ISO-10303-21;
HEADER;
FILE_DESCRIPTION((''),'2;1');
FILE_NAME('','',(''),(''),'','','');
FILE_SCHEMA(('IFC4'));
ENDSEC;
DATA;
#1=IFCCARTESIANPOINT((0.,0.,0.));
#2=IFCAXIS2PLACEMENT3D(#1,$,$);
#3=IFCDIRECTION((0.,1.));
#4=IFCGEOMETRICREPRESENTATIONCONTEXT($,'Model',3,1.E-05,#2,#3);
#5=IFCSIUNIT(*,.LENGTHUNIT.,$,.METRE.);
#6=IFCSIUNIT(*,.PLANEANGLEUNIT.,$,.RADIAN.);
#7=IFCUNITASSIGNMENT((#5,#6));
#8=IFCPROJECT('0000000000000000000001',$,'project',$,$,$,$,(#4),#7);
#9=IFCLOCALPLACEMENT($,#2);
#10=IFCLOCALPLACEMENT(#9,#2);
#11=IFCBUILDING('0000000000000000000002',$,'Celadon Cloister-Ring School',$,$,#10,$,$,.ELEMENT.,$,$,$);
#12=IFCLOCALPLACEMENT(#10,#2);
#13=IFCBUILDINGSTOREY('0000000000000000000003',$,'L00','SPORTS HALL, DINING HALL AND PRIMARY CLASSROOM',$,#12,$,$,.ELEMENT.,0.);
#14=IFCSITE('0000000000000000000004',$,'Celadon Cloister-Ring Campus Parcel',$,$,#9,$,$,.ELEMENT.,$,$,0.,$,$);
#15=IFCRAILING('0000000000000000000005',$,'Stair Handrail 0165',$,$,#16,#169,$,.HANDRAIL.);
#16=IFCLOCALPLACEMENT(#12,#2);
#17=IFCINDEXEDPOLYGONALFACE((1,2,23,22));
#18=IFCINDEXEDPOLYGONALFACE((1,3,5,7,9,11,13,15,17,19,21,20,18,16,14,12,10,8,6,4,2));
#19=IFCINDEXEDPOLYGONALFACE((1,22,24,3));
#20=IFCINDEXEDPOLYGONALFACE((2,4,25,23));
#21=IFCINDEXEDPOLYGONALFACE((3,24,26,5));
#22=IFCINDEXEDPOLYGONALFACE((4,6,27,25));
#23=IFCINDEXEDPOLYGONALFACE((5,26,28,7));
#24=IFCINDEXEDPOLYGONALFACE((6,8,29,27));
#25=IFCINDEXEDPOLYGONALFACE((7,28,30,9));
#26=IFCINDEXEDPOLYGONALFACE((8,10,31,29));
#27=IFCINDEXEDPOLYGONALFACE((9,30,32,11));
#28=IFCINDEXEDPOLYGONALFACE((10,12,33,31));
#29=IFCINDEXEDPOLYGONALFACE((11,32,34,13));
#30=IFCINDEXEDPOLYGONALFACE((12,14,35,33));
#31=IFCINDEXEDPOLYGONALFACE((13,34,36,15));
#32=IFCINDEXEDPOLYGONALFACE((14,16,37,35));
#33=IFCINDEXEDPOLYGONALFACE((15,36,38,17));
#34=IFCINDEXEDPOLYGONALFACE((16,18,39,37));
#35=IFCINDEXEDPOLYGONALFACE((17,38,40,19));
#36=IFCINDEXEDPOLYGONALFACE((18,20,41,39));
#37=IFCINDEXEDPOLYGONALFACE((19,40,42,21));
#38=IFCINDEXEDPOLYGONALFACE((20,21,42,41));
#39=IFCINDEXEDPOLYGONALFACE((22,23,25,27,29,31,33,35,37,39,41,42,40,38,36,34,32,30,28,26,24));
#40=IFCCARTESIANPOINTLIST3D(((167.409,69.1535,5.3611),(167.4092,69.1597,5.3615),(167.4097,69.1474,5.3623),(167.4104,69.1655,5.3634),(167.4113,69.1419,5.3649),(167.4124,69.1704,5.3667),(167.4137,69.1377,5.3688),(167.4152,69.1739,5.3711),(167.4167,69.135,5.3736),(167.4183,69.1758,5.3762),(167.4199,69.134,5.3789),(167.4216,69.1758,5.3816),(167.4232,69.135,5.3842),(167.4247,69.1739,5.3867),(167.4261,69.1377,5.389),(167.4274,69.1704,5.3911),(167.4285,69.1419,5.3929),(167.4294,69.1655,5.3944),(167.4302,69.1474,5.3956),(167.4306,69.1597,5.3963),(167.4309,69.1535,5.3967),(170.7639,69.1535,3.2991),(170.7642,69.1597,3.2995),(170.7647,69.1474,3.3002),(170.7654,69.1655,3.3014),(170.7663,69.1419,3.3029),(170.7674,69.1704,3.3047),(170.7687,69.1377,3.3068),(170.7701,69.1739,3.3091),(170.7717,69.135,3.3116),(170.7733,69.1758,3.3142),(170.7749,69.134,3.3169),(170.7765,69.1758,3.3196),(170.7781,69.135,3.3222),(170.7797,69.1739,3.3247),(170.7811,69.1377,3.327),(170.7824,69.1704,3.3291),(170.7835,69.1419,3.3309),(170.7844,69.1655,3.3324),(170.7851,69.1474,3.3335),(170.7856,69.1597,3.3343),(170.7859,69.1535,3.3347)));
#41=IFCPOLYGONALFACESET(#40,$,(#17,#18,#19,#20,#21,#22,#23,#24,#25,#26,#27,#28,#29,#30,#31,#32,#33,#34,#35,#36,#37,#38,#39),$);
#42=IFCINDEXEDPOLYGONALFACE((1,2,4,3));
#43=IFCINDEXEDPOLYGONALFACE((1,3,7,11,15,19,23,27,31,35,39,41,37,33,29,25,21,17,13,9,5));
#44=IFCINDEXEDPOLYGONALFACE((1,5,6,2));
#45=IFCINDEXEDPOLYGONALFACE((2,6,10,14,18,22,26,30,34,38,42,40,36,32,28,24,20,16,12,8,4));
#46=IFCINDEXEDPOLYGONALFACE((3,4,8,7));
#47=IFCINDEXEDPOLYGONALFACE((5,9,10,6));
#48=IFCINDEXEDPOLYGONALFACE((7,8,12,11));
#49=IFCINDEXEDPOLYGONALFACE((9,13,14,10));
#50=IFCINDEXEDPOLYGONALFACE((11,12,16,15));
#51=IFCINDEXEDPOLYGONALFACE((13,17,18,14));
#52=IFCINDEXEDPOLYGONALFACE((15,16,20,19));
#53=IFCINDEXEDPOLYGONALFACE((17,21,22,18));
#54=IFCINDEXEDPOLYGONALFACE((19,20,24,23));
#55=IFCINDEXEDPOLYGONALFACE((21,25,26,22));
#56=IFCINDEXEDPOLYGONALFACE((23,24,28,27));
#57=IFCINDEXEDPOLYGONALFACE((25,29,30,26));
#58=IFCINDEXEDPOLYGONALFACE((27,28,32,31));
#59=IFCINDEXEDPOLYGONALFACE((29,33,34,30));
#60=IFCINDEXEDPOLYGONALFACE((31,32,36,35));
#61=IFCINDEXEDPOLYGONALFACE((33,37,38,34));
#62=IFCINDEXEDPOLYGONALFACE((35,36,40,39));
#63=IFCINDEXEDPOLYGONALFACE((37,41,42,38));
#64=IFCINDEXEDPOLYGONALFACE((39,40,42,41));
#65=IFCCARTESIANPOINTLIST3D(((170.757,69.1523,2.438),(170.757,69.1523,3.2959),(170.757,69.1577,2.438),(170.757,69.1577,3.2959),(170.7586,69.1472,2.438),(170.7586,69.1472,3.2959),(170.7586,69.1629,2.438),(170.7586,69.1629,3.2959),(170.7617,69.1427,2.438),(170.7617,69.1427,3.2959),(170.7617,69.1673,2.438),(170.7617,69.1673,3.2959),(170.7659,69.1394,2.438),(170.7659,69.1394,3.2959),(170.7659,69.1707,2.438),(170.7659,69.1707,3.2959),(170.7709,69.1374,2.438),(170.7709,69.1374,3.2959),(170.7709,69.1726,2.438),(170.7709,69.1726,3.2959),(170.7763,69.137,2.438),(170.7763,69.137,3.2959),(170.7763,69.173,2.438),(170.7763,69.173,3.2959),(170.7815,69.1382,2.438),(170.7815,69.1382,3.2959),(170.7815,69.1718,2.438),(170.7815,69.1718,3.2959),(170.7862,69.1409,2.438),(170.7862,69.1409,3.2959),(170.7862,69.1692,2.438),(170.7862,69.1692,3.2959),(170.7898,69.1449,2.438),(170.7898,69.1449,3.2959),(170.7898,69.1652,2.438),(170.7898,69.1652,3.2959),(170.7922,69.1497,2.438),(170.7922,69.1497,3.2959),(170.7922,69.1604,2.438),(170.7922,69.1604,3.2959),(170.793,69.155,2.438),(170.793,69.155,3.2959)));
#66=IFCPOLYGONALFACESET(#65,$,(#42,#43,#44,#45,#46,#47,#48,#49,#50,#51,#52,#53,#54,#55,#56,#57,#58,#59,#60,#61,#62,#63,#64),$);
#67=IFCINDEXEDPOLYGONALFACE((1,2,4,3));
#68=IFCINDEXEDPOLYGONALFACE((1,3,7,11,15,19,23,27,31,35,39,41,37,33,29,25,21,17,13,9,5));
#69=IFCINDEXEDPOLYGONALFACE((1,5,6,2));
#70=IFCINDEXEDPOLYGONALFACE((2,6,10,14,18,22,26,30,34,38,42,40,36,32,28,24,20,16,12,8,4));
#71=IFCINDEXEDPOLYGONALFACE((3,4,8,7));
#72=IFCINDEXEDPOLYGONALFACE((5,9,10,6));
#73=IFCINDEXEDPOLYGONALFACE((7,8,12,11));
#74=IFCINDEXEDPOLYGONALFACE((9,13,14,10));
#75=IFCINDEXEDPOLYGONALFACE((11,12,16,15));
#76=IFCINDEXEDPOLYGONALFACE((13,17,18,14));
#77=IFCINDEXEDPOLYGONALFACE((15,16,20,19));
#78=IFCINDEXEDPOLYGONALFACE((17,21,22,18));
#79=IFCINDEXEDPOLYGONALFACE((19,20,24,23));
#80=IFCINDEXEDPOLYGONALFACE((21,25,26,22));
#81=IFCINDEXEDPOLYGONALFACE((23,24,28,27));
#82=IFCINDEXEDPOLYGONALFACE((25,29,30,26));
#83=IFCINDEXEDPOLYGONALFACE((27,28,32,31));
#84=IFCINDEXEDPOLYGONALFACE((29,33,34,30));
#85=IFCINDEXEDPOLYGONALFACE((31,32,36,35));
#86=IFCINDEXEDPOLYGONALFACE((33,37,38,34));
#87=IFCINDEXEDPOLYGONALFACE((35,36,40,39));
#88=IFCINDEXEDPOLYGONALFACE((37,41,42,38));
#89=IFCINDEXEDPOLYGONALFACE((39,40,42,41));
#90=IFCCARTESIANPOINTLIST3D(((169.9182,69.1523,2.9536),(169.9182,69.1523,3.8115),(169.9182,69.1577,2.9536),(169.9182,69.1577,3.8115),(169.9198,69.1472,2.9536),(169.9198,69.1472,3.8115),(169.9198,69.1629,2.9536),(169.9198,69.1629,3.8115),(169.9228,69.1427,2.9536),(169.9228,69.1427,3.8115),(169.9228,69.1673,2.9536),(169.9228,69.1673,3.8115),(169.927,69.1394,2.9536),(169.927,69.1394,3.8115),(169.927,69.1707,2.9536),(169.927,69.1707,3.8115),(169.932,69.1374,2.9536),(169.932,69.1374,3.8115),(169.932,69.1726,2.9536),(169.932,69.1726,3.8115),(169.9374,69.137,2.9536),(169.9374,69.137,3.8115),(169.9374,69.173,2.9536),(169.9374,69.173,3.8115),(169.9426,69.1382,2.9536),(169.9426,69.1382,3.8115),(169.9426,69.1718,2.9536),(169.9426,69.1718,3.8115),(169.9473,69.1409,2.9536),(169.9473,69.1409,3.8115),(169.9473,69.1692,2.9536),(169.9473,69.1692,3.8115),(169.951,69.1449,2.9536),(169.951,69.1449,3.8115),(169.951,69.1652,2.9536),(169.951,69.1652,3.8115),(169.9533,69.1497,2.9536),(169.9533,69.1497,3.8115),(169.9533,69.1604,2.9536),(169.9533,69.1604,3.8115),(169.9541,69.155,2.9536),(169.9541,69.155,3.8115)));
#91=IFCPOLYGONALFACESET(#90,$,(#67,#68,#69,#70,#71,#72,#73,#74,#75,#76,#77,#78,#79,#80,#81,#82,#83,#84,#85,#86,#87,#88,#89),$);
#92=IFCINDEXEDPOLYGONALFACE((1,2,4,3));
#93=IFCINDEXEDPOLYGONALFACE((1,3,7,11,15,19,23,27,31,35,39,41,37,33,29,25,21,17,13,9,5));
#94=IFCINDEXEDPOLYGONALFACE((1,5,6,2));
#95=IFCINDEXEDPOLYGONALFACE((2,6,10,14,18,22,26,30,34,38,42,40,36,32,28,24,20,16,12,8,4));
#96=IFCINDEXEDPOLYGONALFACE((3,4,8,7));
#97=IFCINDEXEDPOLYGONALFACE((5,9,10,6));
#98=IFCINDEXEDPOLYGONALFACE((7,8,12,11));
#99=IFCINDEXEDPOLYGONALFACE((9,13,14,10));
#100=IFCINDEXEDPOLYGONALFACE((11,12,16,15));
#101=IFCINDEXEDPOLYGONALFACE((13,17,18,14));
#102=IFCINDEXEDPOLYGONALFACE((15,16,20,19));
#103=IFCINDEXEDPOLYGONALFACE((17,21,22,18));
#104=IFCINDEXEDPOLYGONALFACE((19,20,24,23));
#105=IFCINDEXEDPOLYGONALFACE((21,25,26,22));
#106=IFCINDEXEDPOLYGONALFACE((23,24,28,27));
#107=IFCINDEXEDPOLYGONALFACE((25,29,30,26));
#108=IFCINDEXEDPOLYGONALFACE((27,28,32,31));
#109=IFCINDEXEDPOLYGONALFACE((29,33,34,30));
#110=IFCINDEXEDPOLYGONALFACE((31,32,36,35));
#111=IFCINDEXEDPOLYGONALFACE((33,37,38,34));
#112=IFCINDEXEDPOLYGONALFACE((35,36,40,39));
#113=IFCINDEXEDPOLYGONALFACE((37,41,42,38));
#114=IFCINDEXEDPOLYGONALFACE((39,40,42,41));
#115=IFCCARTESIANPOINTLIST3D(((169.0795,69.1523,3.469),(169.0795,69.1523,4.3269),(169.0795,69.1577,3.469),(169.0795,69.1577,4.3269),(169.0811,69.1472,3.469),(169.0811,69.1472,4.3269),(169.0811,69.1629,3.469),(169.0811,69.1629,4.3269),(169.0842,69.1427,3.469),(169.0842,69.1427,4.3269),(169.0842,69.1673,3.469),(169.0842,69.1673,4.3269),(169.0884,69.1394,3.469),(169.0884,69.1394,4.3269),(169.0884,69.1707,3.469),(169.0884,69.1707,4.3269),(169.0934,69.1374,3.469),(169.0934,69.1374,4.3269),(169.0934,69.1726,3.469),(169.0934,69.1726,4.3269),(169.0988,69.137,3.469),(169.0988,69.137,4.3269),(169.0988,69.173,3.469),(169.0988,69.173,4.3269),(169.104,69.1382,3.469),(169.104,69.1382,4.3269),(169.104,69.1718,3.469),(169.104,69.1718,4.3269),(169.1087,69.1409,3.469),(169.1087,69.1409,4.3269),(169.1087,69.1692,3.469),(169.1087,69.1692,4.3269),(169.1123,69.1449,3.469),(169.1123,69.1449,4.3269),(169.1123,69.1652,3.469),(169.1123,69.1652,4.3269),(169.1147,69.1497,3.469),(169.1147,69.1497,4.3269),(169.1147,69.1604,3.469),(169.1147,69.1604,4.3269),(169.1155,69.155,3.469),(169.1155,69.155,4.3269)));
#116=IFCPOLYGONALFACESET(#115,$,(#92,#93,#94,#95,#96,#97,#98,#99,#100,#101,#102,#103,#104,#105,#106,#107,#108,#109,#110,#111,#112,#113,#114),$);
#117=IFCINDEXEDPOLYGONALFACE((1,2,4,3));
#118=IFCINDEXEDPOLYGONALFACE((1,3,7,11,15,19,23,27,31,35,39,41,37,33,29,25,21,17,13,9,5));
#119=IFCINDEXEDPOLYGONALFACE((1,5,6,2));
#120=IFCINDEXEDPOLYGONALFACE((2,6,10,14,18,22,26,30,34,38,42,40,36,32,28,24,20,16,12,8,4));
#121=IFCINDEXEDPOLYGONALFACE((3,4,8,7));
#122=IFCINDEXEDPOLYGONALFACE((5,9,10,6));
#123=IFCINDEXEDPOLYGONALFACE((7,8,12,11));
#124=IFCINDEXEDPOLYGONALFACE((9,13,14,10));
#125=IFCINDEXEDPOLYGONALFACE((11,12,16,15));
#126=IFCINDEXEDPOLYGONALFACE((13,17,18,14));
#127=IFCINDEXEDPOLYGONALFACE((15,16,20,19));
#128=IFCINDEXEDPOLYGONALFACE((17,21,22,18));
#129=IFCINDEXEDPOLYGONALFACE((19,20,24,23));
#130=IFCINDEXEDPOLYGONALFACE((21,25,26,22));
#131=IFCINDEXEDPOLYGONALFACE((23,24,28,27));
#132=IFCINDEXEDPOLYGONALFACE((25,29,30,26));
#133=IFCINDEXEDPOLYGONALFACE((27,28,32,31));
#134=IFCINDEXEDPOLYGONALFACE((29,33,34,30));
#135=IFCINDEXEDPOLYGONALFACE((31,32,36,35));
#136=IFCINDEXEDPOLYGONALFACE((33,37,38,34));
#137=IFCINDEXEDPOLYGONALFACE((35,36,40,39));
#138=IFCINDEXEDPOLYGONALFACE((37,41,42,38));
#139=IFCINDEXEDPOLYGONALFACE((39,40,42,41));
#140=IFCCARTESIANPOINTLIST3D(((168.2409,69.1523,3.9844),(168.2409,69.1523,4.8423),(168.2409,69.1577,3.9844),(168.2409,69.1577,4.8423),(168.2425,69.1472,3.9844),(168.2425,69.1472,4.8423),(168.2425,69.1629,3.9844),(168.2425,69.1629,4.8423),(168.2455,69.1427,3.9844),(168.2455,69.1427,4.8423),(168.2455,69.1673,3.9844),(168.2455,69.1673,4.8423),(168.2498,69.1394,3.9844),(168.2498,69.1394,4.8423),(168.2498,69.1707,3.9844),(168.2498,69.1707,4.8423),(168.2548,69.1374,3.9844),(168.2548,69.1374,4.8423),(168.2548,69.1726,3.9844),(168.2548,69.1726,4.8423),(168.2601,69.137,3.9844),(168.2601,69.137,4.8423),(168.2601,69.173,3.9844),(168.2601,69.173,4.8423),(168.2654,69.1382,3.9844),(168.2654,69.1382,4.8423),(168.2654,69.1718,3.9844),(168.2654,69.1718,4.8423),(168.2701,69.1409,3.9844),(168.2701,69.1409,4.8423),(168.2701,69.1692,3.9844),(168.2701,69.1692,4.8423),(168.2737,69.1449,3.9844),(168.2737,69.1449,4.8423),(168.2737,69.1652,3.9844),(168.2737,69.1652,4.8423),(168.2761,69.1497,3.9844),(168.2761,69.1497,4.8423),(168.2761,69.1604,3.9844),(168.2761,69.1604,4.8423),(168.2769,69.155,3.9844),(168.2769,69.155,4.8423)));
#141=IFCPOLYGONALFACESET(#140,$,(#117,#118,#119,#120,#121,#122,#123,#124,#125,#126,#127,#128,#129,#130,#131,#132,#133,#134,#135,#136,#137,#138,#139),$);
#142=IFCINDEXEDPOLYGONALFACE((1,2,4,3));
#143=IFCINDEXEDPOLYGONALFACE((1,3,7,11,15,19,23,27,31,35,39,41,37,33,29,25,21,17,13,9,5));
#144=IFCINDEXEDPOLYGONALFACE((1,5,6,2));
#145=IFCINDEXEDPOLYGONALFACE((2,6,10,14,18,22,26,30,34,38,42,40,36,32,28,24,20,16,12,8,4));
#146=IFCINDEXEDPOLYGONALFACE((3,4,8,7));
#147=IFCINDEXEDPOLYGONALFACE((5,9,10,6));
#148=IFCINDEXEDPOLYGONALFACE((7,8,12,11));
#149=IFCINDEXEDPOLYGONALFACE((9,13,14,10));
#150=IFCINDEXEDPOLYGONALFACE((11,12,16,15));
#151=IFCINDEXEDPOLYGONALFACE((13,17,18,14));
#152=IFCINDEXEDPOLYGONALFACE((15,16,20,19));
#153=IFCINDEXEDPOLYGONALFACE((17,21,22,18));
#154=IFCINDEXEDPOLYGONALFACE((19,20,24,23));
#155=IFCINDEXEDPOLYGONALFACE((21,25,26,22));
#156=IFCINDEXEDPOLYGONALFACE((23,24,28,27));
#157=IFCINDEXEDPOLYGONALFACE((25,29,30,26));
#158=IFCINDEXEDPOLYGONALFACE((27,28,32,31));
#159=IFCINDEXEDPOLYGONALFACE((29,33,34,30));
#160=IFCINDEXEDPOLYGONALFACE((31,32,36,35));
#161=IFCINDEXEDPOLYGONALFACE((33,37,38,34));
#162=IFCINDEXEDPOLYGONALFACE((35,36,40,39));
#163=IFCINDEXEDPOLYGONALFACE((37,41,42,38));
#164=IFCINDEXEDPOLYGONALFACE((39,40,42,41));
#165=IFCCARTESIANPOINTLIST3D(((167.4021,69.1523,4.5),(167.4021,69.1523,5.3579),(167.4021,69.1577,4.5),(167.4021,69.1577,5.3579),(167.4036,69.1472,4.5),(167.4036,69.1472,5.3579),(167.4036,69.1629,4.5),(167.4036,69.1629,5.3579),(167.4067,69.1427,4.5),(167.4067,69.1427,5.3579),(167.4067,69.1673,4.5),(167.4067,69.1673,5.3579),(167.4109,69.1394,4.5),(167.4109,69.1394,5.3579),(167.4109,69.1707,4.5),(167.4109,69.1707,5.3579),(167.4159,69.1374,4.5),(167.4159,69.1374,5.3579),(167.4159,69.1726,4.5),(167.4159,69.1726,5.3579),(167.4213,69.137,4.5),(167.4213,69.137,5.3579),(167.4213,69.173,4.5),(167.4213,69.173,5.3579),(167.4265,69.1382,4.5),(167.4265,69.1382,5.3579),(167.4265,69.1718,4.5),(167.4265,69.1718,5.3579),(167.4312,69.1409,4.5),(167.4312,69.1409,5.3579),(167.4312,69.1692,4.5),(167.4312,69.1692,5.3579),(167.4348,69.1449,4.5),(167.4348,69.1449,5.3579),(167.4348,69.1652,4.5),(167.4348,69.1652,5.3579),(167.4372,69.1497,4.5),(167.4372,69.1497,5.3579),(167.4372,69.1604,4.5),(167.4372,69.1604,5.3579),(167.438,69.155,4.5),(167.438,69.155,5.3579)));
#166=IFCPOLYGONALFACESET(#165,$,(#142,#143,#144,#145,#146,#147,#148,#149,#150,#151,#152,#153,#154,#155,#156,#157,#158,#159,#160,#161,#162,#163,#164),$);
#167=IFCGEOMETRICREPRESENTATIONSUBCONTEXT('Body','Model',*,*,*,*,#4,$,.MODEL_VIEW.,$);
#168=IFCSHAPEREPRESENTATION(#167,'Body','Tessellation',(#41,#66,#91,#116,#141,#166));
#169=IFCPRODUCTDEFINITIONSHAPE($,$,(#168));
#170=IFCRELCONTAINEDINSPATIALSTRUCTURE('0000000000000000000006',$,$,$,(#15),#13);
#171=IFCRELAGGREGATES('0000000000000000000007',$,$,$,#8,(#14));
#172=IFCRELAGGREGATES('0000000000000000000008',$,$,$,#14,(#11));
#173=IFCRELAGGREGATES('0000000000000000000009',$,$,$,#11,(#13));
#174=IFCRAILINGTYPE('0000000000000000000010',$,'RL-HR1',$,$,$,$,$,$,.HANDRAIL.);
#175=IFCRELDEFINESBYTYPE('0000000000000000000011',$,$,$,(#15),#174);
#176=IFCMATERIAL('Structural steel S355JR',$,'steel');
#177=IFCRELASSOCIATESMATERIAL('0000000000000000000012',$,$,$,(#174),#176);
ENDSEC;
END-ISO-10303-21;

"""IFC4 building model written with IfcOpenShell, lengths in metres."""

from ifc_helpers import new_model, si_unit, direction, frame, origin, origin_2d, place, context, subcontext, project, spatial, circle, extrude, material, type_object, element, save


model = new_model("IFC4")

# Units and contexts
model_context = context("Model", 3, precision=1e-05, world=origin(), true_north=direction((0.0, 1.0)))
body_context = subcontext(model_context, "Body", "Model", "MODEL_VIEW")
ifc_project = project(units=[si_unit("LENGTHUNIT", "METRE"), si_unit("PLANEANGLEUNIT", "RADIAN")], contexts=[model_context])

# Site, building, storey
site_placement = place(None, origin())
site = spatial("IfcSite", under=ifc_project, at=site_placement, Name="Celadon Cloister-Ring Campus Parcel", CompositionType="ELEMENT", RefElevation=0.0)
building_placement = place(site_placement, origin())
building = spatial("IfcBuilding", under=site, at=building_placement, Name="Celadon Cloister-Ring School", CompositionType="ELEMENT")
storey_placement = place(building_placement, origin())
storey = spatial("IfcBuildingStorey", under=building, at=storey_placement, Name="L00", Description="SPORTS HALL, DINING HALL AND PRIMARY CLASSROOM", CompositionType="ELEMENT", Elevation=0.0)

# Railing
ifc_material_1 = material(Name="Structural steel S355JR", Category="steel")
railing_type_1 = type_object("IfcRailingType", Name="RL-HR1", PredefinedType="HANDRAIL", material=ifc_material_1)
for number, where, name in (
    (1, (170.7749, 69.155, 2.438), "Stair Handrail 0165"),
):
    element("IfcRailing", number, at=place(storey_placement, frame(where)), inside=storey, type_object=railing_type_1, Name=name, PredefinedType="HANDRAIL", context=body_context, shape_type="SweptSolid", body=[
        extrude(circle(Radius=0.021, at=origin_2d()), frame((0.0, 0.0, 0.8789), z_axis=(-0.851952, 0.0, 0.52362), x_axis=(0.0, -1.0, 0.0)), (0.0, 0.0, 1.0), 3.938),
        extrude(circle(Radius=0.0181, at=origin_2d()), origin(), (0.0, 0.0, 1.0), 0.8579),
        extrude(circle(Radius=0.0181, at=origin_2d()), frame((-0.8389, 0.0, 0.5156)), (0.0, 0.0, 1.0), 0.8579),
        extrude(circle(Radius=0.0181, at=origin_2d()), frame((-1.6775, 0.0, 1.031)), (0.0, 0.0, 1.0), 0.8579),
        extrude(circle(Radius=0.0181, at=origin_2d()), frame((-2.5161, 0.0, 1.5464)), (0.0, 0.0, 1.0), 0.8579),
        extrude(circle(Radius=0.0181, at=origin_2d()), frame((-3.355, 0.0, 2.062)), (0.0, 0.0, 1.0), 0.8579),
    ])

save(model, "model.ifc")
